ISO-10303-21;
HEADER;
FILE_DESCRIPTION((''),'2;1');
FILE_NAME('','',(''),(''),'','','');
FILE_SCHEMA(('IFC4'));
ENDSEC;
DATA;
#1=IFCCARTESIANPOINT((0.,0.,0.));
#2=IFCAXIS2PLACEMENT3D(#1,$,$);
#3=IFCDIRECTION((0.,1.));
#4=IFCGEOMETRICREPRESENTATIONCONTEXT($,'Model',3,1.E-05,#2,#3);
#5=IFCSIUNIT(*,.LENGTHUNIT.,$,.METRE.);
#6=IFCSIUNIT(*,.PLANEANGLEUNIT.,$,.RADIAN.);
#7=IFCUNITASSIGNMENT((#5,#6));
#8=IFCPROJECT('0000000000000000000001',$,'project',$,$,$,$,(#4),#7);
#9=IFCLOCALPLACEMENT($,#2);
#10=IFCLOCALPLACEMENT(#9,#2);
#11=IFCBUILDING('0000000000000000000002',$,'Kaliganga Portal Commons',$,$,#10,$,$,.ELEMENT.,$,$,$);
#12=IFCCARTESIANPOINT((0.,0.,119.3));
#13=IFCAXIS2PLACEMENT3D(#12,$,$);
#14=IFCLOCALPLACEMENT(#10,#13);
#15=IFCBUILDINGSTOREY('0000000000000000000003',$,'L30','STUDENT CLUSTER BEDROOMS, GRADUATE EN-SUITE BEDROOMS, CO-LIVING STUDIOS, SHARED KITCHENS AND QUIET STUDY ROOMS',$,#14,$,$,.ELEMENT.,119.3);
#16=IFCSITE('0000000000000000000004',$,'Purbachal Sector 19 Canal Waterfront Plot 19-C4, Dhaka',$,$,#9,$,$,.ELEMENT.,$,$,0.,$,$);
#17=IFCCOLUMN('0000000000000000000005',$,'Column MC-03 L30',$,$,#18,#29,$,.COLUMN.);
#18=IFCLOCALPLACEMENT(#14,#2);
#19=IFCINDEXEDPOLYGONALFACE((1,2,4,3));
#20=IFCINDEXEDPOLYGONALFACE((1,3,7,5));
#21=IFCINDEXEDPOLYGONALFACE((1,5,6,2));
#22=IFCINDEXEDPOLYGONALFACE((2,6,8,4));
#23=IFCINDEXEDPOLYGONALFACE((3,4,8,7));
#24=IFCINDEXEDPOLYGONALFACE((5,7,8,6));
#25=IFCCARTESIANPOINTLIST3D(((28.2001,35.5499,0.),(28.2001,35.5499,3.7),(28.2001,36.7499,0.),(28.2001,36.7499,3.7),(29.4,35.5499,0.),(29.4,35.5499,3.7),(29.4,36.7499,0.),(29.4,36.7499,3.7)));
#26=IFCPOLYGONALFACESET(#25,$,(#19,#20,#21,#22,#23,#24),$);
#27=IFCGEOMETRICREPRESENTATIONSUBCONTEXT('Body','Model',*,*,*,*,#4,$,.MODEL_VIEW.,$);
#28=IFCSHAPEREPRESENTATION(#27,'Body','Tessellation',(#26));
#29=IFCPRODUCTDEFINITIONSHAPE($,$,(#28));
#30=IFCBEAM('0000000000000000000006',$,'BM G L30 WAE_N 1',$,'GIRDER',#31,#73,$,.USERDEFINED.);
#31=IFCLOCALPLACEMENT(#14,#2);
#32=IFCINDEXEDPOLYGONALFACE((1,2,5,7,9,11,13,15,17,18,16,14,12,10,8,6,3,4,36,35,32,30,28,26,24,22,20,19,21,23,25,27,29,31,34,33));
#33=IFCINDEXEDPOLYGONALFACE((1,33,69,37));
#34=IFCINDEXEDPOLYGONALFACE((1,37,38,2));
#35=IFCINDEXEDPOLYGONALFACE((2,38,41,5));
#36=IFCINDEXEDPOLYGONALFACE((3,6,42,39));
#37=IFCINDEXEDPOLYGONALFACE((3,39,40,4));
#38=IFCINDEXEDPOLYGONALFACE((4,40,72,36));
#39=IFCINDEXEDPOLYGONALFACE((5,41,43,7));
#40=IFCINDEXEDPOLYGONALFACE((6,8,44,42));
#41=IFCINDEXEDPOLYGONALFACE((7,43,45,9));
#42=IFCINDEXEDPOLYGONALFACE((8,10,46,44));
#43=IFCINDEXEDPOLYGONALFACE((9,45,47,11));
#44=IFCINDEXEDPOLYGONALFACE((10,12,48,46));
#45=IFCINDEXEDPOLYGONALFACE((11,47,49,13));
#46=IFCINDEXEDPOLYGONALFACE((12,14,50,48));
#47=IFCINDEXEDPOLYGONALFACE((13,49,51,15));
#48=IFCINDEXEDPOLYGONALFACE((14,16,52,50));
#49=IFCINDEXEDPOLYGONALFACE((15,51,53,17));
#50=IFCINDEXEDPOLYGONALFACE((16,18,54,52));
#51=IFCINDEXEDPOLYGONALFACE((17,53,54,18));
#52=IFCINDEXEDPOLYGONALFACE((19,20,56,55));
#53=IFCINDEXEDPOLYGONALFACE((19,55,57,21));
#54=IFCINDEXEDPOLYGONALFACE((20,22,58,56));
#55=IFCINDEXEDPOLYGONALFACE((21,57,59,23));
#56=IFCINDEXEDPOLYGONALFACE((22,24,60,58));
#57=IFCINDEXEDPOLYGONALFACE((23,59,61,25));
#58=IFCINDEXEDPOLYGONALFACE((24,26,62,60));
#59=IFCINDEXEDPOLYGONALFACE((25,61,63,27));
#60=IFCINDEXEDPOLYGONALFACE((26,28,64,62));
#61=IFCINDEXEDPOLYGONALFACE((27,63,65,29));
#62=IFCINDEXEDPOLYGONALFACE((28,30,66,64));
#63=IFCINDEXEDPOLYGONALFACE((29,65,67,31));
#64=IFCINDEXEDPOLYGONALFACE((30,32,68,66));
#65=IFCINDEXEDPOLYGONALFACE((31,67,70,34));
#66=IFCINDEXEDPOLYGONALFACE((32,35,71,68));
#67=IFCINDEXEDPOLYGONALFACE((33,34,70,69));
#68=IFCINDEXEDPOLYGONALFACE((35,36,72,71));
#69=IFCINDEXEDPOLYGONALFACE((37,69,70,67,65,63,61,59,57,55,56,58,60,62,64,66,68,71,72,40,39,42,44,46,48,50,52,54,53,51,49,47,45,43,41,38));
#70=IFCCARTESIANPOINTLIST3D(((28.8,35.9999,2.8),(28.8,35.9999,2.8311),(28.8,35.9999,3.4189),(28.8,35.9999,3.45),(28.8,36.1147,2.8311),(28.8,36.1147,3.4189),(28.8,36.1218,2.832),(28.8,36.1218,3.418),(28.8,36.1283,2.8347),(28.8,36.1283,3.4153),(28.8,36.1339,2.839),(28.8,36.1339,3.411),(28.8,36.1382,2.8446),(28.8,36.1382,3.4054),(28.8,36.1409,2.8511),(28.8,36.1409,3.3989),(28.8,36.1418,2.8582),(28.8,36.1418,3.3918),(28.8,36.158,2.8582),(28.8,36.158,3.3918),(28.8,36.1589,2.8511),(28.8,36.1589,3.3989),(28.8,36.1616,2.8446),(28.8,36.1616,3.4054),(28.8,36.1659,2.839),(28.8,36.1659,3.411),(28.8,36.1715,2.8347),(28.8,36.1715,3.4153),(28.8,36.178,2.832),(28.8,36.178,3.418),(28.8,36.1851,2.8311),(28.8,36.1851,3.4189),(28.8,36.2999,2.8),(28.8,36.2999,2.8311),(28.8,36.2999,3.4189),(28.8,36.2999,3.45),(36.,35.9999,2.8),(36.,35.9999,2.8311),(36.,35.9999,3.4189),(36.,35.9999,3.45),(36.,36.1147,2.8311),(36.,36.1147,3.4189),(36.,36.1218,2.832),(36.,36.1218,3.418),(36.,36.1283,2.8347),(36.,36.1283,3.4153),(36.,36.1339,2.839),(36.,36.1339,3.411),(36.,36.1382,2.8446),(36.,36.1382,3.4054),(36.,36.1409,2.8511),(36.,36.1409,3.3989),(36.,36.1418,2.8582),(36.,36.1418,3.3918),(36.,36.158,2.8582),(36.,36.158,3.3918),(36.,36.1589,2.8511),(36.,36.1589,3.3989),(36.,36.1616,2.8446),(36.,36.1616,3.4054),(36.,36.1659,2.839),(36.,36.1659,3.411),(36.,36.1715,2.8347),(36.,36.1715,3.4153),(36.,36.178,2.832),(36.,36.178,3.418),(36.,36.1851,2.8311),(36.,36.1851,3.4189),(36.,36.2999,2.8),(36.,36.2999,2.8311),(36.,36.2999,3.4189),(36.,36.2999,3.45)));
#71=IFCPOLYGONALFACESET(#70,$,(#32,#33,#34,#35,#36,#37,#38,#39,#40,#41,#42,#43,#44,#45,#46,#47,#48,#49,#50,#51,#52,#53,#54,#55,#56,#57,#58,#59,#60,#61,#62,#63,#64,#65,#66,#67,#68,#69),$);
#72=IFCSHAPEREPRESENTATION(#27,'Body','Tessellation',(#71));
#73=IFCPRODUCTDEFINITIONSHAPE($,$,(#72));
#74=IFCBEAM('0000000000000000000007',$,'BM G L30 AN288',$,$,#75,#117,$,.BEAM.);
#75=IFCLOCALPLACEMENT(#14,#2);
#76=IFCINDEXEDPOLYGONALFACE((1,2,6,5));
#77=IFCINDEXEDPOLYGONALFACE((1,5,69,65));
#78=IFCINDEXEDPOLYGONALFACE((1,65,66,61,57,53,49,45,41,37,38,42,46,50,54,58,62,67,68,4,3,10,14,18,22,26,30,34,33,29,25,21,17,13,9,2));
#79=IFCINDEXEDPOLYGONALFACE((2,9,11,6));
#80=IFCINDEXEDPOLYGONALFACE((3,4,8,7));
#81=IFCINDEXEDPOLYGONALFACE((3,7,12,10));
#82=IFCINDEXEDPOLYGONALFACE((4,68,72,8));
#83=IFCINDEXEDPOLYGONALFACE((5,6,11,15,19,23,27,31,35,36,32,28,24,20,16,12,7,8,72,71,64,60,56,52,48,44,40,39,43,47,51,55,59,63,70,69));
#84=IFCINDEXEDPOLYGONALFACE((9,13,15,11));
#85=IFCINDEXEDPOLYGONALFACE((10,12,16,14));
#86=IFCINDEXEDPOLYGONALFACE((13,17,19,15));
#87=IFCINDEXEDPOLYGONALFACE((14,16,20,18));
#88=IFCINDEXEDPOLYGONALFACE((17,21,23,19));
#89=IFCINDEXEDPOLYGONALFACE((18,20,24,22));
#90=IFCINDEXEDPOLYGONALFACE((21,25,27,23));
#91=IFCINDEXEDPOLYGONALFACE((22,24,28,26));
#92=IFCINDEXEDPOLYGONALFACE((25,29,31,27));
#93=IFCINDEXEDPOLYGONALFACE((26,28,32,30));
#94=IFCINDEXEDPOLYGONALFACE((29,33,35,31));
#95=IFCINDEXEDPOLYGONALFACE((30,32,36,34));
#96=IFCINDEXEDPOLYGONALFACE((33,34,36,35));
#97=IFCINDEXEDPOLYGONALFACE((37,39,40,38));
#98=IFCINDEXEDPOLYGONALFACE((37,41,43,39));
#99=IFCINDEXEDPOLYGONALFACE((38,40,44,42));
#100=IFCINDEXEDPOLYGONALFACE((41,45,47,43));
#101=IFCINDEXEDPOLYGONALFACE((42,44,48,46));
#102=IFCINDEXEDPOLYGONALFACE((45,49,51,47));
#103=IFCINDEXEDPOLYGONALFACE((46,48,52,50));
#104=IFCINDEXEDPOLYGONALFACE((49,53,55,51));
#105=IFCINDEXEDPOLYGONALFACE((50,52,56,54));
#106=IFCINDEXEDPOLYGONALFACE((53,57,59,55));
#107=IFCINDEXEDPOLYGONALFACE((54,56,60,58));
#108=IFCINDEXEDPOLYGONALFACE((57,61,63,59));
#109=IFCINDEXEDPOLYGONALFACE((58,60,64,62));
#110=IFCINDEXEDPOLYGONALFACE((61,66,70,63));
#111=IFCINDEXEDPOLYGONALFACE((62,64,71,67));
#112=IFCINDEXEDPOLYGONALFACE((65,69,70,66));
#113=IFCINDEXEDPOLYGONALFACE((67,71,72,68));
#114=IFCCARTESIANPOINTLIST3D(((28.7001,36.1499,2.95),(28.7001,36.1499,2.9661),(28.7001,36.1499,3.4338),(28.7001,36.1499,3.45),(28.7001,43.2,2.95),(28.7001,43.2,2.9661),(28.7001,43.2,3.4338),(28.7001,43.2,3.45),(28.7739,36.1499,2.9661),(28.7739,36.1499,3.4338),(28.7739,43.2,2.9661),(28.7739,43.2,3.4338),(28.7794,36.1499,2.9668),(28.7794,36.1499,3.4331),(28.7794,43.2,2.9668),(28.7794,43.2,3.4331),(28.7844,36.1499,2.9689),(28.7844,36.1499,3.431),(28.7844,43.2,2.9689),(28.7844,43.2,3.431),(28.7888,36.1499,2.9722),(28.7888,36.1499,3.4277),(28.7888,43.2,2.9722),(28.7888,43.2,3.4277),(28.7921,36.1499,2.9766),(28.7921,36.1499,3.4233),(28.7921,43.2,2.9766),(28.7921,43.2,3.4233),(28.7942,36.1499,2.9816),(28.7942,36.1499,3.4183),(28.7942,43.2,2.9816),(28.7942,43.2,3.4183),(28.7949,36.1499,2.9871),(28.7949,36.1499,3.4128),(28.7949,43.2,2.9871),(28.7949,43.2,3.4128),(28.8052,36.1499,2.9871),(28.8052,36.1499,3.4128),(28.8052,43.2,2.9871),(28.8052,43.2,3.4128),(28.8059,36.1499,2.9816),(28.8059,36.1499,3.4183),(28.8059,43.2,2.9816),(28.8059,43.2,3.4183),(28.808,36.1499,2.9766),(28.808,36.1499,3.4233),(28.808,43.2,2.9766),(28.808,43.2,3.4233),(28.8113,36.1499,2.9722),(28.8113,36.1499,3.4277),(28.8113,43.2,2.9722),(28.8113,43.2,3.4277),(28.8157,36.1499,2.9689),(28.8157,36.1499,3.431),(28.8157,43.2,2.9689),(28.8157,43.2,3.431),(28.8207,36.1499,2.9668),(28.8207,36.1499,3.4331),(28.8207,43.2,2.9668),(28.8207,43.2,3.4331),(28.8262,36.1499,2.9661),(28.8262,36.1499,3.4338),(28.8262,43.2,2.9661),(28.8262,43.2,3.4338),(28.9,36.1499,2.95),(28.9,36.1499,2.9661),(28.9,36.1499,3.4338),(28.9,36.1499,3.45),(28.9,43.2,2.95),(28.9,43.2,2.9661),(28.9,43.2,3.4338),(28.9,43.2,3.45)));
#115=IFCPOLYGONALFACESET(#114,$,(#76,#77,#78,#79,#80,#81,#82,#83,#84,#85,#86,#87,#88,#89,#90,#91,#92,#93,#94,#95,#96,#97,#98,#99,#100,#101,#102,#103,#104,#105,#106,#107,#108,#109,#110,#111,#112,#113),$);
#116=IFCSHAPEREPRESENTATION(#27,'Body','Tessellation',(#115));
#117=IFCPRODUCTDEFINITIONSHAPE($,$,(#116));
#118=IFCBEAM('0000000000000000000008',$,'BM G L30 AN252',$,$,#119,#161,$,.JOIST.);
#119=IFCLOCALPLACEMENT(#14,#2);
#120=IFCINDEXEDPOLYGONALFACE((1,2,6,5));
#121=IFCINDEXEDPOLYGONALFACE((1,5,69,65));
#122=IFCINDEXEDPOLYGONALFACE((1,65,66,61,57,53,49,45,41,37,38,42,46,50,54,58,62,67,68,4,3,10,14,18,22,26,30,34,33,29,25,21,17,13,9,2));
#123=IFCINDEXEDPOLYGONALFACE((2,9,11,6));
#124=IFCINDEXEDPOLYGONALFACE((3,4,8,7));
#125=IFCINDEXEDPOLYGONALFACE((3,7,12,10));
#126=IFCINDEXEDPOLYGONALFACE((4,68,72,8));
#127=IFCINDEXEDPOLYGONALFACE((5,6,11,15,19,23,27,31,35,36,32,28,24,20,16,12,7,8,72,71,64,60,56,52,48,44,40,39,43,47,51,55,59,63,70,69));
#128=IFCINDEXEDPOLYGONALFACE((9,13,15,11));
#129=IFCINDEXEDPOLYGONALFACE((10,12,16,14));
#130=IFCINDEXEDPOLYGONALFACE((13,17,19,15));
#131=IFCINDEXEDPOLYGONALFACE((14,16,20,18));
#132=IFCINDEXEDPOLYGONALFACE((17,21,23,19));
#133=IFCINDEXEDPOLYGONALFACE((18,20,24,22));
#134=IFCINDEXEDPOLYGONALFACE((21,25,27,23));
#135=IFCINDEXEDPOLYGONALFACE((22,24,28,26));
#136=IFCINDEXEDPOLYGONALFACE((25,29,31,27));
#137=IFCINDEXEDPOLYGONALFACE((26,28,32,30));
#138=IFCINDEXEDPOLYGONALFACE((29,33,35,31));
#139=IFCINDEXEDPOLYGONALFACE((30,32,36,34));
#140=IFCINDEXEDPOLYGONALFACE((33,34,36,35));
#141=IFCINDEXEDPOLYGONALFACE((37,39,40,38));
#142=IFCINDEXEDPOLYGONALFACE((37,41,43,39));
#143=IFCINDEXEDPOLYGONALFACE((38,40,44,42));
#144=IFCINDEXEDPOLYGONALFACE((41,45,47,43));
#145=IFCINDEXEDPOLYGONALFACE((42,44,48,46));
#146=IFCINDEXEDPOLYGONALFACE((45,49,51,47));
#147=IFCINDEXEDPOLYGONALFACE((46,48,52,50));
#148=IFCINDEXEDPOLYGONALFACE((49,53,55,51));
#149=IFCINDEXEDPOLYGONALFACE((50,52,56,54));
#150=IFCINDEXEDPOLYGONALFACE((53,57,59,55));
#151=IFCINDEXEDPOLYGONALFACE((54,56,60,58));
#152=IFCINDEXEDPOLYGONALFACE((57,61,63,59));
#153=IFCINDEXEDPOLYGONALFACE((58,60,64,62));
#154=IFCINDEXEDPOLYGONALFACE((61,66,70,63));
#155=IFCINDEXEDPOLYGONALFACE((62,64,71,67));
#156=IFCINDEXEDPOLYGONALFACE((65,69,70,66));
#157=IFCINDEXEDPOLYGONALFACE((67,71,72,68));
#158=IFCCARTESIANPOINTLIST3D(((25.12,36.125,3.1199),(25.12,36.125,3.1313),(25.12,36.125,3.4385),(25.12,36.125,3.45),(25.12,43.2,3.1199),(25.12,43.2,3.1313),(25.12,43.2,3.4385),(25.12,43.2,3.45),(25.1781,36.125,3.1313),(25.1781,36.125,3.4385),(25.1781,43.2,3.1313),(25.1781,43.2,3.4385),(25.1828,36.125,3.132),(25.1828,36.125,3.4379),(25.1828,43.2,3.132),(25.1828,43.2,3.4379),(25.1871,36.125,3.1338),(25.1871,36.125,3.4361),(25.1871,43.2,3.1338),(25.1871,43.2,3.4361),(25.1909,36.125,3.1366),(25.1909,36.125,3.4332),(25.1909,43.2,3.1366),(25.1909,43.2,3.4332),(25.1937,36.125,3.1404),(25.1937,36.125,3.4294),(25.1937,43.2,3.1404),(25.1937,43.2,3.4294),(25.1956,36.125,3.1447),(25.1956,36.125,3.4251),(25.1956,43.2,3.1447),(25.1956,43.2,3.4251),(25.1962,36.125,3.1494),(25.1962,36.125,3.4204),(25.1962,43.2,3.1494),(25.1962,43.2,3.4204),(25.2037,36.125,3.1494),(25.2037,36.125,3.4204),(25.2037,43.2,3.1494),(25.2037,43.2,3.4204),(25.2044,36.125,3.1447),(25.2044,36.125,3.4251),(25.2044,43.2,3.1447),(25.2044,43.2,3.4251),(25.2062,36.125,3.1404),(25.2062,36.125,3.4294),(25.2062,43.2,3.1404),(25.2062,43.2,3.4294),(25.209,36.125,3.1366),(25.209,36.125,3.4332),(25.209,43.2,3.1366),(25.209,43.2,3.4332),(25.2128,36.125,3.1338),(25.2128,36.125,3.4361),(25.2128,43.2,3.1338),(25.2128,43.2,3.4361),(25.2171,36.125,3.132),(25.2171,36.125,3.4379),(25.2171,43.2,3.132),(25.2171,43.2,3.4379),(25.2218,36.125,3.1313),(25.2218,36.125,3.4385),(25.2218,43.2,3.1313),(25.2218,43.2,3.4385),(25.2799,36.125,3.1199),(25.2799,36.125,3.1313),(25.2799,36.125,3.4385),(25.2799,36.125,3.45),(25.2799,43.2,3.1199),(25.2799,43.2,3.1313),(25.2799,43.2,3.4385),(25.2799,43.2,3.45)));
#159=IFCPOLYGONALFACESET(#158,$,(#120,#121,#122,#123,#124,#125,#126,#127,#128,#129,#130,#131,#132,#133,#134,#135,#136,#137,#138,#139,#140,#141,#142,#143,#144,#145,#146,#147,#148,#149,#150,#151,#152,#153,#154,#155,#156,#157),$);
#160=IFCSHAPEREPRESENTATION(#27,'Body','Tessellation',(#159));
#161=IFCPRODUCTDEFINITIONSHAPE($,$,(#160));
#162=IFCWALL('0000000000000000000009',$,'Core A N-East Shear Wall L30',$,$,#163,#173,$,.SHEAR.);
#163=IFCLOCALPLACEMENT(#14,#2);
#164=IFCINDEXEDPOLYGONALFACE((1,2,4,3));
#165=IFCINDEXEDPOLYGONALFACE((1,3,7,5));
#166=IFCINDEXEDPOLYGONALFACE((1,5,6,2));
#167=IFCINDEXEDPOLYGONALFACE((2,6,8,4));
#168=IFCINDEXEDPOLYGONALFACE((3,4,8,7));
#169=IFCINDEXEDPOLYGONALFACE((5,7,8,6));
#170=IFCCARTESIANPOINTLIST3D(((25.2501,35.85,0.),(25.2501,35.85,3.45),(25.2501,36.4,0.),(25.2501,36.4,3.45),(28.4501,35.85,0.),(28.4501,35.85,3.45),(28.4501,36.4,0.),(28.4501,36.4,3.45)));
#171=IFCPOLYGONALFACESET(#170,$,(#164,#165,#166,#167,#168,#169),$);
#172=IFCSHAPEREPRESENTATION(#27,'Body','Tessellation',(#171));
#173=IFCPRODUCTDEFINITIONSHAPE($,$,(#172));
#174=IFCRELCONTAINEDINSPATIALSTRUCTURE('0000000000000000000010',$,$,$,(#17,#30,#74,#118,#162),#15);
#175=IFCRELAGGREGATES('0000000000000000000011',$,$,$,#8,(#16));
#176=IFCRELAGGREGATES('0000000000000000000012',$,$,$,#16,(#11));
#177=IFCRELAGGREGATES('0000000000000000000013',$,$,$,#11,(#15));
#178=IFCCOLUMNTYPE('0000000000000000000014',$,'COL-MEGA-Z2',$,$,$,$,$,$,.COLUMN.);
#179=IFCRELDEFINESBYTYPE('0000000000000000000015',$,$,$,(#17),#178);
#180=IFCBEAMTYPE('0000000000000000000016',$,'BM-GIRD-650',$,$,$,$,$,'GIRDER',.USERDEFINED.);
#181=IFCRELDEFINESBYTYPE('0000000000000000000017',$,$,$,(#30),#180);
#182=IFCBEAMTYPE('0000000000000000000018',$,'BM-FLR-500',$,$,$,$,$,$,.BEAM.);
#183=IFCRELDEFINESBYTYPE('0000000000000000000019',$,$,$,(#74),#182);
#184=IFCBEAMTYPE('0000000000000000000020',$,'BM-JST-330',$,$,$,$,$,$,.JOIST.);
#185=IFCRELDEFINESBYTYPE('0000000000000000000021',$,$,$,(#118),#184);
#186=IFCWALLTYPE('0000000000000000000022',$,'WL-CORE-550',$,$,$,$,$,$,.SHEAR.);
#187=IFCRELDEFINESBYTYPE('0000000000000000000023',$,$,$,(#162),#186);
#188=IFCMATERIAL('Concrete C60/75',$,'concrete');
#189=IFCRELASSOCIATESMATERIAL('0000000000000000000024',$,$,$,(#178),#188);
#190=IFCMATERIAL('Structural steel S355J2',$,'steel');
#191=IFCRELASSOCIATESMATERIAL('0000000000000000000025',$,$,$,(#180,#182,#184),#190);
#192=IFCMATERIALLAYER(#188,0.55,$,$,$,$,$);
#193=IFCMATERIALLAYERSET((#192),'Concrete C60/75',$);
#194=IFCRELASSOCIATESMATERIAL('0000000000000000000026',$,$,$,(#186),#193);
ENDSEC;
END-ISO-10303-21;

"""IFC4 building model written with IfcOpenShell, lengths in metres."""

from ifc_helpers import new_model, si_unit, direction, frame, frame_2d, origin, origin_2d, place, context, subcontext, project, spatial, rectangle, i_section, extrude, source, transform, mapped, material, layer, layer_set, material_profile, profile_set, type_object, element, save


model = new_model("IFC4")

# Units and contexts
model_context = context("Model", 3, precision=1e-05, world=origin(), true_north=direction((0.0, 1.0)))
body_context = subcontext(model_context, "Body", "Model", "MODEL_VIEW")
ifc_project = project(units=[si_unit("LENGTHUNIT", "METRE"), si_unit("PLANEANGLEUNIT", "RADIAN")], contexts=[model_context])

# Site, building, storey
site_placement = place(None, origin())
site = spatial("IfcSite", under=ifc_project, at=site_placement, Name="Purbachal Sector 19 Canal Waterfront Plot 19-C4, Dhaka", CompositionType="ELEMENT", RefElevation=0.0)
building_placement = place(site_placement, origin())
building = spatial("IfcBuilding", under=site, at=building_placement, Name="Kaliganga Portal Commons", CompositionType="ELEMENT")
storey_placement = place(building_placement, frame((0.0, 0.0, 119.3)))
storey = spatial("IfcBuildingStorey", under=building, at=storey_placement, Name="L30", Description="STUDENT CLUSTER BEDROOMS, GRADUATE EN-SUITE BEDROOMS, CO-LIVING STUDIOS, SHARED KITCHENS AND QUIET STUDY ROOMS", CompositionType="ELEMENT", Elevation=119.3)

# Column
ifc_material_1 = material(Name="Concrete C60/75", Category="concrete")
ifc_material_profile_1 = material_profile(ifc_material_1, rectangle(XDim=1.2, YDim=1.2, at=origin_2d()), Name="RC 1200x1200")
ifc_profile_set_1 = profile_set([ifc_material_profile_1], Name="Concrete C60/75")
column_type = type_object("IfcColumnType", Name="COL-MEGA-Z2", PredefinedType="COLUMN", material=ifc_profile_set_1)
shared_shape_1 = source(origin(), body_context, "Body", "SweptSolid", [
    extrude(rectangle(XDim=1.2, YDim=1.2, at=origin_2d()), origin(), (0.0, 0.0, 1.0), 3.7),
])
column_placement = place(storey_placement, frame((28.8, 36.1499, 0.0), z_axis=(0.0, 0.0, 1.0), x_axis=(1.0, 0.0, 0.0)))
element("IfcColumn", 1, at=column_placement, inside=storey, type_object=column_type, Name="Column MC-03 L30", PredefinedType="COLUMN", context=body_context, shape_type="MappedRepresentation", body=[
    mapped(shared_shape_1, transform((0.0, 0.0, 0.0), x_axis=(1.0, 0.0, 0.0), y_axis=(0.0, 1.0, 0.0), z_axis=(0.0, 0.0, 1.0), scale=1.0)),
])

# Beams
ifc_material_2 = material(Name="Structural steel S355J2", Category="steel")
ifc_material_profile_2 = material_profile(ifc_material_2, i_section(OverallWidth=0.3, OverallDepth=0.6499, WebThickness=0.0161, FlangeThickness=0.031, FilletRadius=0.0271, at=origin_2d()), Name="HE 650 B")
ifc_profile_set_2 = profile_set([ifc_material_profile_2], Name="Structural steel S355J2 wide-flange")
beam_type_1 = type_object("IfcBeamType", Name="BM-GIRD-650", ElementType="GIRDER", PredefinedType="USERDEFINED", material=ifc_profile_set_2)
shared_shape_2 = source(origin(), body_context, "Body", "SweptSolid", [
    extrude(i_section(OverallWidth=0.3, OverallDepth=0.6499, WebThickness=0.0161, FlangeThickness=0.031, FilletRadius=0.0271, at=origin_2d()), origin(), (0.0, 0.0, 1.0), 7.2),
])
beam_1_placement = place(storey_placement, frame((28.8, 36.1499, 3.125), z_axis=(1.0, 0.0, 0.0), x_axis=(0.0, 1.0, 0.0)))
element("IfcBeam", 2, at=beam_1_placement, inside=storey, type_object=beam_type_1, Name="BM G L30 WAE_N 1", ObjectType="GIRDER", PredefinedType="USERDEFINED", context=body_context, shape_type="MappedRepresentation", body=[
    mapped(shared_shape_2, transform((0.0, 0.0, 0.0), x_axis=(1.0, 0.0, 0.0), y_axis=(0.0, 1.0, 0.0), z_axis=(0.0, 0.0, 1.0), scale=1.0)),
])
ifc_material_profile_3 = material_profile(ifc_material_2, i_section(OverallWidth=0.2, OverallDepth=0.5, WebThickness=0.0103, FlangeThickness=0.0161, FilletRadius=0.021, at=origin_2d()), Name="IPE 500")
ifc_profile_set_3 = profile_set([ifc_material_profile_3], Name="Structural steel S355J2 wide-flange")
beam_type_2 = type_object("IfcBeamType", Name="BM-FLR-500", PredefinedType="BEAM", material=ifc_profile_set_3)
shared_shape_3 = source(origin(), body_context, "Body", "SweptSolid", [
    extrude(i_section(OverallWidth=0.2, OverallDepth=0.5, WebThickness=0.0103, FlangeThickness=0.0161, FilletRadius=0.021, at=origin_2d()), origin(), (0.0, 0.0, 1.0), 7.05),
])
beam_2_placement = place(storey_placement, frame((28.8, 36.1499, 3.2), z_axis=(0.0, 1.0, 0.0), x_axis=(-1.0, 0.0, 0.0)))
element("IfcBeam", 3, at=beam_2_placement, inside=storey, type_object=beam_type_2, Name="BM G L30 AN288", PredefinedType="BEAM", context=body_context, shape_type="MappedRepresentation", body=[
    mapped(shared_shape_3, transform((0.0, 0.0, 0.0), x_axis=(1.0, 0.0, 0.0), y_axis=(0.0, 1.0, 0.0), z_axis=(0.0, 0.0, 1.0), scale=1.0)),
])
ifc_material_profile_4 = material_profile(ifc_material_2, i_section(OverallWidth=0.1599, OverallDepth=0.3301, WebThickness=0.0076, FlangeThickness=0.0115, FilletRadius=0.0181, at=origin_2d()), Name="IPE 330")
ifc_profile_set_4 = profile_set([ifc_material_profile_4], Name="Structural steel S355J2 wide-flange")
beam_type_3 = type_object("IfcBeamType", Name="BM-JST-330", PredefinedType="JOIST", material=ifc_profile_set_4)
shared_shape_4 = source(origin(), body_context, "Body", "SweptSolid", [
    extrude(i_section(OverallWidth=0.1599, OverallDepth=0.3301, WebThickness=0.0076, FlangeThickness=0.0115, FilletRadius=0.0181, at=origin_2d()), origin(), (0.0, 0.0, 1.0), 7.075),
])
beam_3_placement = place(storey_placement, frame((25.2, 36.125, 3.2849), z_axis=(0.0, 1.0, 0.0), x_axis=(-1.0, 0.0, 0.0)))
element("IfcBeam", 4, at=beam_3_placement, inside=storey, type_object=beam_type_3, Name="BM G L30 AN252", PredefinedType="JOIST", context=body_context, shape_type="MappedRepresentation", body=[
    mapped(shared_shape_4, transform((0.0, 0.0, 0.0), x_axis=(1.0, 0.0, 0.0), y_axis=(0.0, 1.0, 0.0), z_axis=(0.0, 0.0, 1.0), scale=1.0)),
])

# Wall
ifc_layer_1 = layer(ifc_material_1, 0.55)
ifc_layer_set_1 = layer_set([ifc_layer_1], Name="Concrete C60/75")
wall_type_1 = type_object("IfcWallType", Name="WL-CORE-550", PredefinedType="SHEAR", material=ifc_layer_set_1)
wall_1_placement = place(storey_placement, frame((25.25, 36.125, 0.0), z_axis=(0.0, 0.0, 1.0), x_axis=(1.0, 0.0, 0.0)))
element("IfcWall", 5, at=wall_1_placement, inside=storey, type_object=wall_type_1, Name="Core A N-East Shear Wall L30", PredefinedType="SHEAR", context=body_context, shape_type="SweptSolid", body=[
    extrude(rectangle(XDim=3.2, YDim=0.55, at=frame_2d((1.6001, 0.0))), origin(), (0.0, 0.0, 1.0), 3.45),
])

save(model, "model.ifc")
